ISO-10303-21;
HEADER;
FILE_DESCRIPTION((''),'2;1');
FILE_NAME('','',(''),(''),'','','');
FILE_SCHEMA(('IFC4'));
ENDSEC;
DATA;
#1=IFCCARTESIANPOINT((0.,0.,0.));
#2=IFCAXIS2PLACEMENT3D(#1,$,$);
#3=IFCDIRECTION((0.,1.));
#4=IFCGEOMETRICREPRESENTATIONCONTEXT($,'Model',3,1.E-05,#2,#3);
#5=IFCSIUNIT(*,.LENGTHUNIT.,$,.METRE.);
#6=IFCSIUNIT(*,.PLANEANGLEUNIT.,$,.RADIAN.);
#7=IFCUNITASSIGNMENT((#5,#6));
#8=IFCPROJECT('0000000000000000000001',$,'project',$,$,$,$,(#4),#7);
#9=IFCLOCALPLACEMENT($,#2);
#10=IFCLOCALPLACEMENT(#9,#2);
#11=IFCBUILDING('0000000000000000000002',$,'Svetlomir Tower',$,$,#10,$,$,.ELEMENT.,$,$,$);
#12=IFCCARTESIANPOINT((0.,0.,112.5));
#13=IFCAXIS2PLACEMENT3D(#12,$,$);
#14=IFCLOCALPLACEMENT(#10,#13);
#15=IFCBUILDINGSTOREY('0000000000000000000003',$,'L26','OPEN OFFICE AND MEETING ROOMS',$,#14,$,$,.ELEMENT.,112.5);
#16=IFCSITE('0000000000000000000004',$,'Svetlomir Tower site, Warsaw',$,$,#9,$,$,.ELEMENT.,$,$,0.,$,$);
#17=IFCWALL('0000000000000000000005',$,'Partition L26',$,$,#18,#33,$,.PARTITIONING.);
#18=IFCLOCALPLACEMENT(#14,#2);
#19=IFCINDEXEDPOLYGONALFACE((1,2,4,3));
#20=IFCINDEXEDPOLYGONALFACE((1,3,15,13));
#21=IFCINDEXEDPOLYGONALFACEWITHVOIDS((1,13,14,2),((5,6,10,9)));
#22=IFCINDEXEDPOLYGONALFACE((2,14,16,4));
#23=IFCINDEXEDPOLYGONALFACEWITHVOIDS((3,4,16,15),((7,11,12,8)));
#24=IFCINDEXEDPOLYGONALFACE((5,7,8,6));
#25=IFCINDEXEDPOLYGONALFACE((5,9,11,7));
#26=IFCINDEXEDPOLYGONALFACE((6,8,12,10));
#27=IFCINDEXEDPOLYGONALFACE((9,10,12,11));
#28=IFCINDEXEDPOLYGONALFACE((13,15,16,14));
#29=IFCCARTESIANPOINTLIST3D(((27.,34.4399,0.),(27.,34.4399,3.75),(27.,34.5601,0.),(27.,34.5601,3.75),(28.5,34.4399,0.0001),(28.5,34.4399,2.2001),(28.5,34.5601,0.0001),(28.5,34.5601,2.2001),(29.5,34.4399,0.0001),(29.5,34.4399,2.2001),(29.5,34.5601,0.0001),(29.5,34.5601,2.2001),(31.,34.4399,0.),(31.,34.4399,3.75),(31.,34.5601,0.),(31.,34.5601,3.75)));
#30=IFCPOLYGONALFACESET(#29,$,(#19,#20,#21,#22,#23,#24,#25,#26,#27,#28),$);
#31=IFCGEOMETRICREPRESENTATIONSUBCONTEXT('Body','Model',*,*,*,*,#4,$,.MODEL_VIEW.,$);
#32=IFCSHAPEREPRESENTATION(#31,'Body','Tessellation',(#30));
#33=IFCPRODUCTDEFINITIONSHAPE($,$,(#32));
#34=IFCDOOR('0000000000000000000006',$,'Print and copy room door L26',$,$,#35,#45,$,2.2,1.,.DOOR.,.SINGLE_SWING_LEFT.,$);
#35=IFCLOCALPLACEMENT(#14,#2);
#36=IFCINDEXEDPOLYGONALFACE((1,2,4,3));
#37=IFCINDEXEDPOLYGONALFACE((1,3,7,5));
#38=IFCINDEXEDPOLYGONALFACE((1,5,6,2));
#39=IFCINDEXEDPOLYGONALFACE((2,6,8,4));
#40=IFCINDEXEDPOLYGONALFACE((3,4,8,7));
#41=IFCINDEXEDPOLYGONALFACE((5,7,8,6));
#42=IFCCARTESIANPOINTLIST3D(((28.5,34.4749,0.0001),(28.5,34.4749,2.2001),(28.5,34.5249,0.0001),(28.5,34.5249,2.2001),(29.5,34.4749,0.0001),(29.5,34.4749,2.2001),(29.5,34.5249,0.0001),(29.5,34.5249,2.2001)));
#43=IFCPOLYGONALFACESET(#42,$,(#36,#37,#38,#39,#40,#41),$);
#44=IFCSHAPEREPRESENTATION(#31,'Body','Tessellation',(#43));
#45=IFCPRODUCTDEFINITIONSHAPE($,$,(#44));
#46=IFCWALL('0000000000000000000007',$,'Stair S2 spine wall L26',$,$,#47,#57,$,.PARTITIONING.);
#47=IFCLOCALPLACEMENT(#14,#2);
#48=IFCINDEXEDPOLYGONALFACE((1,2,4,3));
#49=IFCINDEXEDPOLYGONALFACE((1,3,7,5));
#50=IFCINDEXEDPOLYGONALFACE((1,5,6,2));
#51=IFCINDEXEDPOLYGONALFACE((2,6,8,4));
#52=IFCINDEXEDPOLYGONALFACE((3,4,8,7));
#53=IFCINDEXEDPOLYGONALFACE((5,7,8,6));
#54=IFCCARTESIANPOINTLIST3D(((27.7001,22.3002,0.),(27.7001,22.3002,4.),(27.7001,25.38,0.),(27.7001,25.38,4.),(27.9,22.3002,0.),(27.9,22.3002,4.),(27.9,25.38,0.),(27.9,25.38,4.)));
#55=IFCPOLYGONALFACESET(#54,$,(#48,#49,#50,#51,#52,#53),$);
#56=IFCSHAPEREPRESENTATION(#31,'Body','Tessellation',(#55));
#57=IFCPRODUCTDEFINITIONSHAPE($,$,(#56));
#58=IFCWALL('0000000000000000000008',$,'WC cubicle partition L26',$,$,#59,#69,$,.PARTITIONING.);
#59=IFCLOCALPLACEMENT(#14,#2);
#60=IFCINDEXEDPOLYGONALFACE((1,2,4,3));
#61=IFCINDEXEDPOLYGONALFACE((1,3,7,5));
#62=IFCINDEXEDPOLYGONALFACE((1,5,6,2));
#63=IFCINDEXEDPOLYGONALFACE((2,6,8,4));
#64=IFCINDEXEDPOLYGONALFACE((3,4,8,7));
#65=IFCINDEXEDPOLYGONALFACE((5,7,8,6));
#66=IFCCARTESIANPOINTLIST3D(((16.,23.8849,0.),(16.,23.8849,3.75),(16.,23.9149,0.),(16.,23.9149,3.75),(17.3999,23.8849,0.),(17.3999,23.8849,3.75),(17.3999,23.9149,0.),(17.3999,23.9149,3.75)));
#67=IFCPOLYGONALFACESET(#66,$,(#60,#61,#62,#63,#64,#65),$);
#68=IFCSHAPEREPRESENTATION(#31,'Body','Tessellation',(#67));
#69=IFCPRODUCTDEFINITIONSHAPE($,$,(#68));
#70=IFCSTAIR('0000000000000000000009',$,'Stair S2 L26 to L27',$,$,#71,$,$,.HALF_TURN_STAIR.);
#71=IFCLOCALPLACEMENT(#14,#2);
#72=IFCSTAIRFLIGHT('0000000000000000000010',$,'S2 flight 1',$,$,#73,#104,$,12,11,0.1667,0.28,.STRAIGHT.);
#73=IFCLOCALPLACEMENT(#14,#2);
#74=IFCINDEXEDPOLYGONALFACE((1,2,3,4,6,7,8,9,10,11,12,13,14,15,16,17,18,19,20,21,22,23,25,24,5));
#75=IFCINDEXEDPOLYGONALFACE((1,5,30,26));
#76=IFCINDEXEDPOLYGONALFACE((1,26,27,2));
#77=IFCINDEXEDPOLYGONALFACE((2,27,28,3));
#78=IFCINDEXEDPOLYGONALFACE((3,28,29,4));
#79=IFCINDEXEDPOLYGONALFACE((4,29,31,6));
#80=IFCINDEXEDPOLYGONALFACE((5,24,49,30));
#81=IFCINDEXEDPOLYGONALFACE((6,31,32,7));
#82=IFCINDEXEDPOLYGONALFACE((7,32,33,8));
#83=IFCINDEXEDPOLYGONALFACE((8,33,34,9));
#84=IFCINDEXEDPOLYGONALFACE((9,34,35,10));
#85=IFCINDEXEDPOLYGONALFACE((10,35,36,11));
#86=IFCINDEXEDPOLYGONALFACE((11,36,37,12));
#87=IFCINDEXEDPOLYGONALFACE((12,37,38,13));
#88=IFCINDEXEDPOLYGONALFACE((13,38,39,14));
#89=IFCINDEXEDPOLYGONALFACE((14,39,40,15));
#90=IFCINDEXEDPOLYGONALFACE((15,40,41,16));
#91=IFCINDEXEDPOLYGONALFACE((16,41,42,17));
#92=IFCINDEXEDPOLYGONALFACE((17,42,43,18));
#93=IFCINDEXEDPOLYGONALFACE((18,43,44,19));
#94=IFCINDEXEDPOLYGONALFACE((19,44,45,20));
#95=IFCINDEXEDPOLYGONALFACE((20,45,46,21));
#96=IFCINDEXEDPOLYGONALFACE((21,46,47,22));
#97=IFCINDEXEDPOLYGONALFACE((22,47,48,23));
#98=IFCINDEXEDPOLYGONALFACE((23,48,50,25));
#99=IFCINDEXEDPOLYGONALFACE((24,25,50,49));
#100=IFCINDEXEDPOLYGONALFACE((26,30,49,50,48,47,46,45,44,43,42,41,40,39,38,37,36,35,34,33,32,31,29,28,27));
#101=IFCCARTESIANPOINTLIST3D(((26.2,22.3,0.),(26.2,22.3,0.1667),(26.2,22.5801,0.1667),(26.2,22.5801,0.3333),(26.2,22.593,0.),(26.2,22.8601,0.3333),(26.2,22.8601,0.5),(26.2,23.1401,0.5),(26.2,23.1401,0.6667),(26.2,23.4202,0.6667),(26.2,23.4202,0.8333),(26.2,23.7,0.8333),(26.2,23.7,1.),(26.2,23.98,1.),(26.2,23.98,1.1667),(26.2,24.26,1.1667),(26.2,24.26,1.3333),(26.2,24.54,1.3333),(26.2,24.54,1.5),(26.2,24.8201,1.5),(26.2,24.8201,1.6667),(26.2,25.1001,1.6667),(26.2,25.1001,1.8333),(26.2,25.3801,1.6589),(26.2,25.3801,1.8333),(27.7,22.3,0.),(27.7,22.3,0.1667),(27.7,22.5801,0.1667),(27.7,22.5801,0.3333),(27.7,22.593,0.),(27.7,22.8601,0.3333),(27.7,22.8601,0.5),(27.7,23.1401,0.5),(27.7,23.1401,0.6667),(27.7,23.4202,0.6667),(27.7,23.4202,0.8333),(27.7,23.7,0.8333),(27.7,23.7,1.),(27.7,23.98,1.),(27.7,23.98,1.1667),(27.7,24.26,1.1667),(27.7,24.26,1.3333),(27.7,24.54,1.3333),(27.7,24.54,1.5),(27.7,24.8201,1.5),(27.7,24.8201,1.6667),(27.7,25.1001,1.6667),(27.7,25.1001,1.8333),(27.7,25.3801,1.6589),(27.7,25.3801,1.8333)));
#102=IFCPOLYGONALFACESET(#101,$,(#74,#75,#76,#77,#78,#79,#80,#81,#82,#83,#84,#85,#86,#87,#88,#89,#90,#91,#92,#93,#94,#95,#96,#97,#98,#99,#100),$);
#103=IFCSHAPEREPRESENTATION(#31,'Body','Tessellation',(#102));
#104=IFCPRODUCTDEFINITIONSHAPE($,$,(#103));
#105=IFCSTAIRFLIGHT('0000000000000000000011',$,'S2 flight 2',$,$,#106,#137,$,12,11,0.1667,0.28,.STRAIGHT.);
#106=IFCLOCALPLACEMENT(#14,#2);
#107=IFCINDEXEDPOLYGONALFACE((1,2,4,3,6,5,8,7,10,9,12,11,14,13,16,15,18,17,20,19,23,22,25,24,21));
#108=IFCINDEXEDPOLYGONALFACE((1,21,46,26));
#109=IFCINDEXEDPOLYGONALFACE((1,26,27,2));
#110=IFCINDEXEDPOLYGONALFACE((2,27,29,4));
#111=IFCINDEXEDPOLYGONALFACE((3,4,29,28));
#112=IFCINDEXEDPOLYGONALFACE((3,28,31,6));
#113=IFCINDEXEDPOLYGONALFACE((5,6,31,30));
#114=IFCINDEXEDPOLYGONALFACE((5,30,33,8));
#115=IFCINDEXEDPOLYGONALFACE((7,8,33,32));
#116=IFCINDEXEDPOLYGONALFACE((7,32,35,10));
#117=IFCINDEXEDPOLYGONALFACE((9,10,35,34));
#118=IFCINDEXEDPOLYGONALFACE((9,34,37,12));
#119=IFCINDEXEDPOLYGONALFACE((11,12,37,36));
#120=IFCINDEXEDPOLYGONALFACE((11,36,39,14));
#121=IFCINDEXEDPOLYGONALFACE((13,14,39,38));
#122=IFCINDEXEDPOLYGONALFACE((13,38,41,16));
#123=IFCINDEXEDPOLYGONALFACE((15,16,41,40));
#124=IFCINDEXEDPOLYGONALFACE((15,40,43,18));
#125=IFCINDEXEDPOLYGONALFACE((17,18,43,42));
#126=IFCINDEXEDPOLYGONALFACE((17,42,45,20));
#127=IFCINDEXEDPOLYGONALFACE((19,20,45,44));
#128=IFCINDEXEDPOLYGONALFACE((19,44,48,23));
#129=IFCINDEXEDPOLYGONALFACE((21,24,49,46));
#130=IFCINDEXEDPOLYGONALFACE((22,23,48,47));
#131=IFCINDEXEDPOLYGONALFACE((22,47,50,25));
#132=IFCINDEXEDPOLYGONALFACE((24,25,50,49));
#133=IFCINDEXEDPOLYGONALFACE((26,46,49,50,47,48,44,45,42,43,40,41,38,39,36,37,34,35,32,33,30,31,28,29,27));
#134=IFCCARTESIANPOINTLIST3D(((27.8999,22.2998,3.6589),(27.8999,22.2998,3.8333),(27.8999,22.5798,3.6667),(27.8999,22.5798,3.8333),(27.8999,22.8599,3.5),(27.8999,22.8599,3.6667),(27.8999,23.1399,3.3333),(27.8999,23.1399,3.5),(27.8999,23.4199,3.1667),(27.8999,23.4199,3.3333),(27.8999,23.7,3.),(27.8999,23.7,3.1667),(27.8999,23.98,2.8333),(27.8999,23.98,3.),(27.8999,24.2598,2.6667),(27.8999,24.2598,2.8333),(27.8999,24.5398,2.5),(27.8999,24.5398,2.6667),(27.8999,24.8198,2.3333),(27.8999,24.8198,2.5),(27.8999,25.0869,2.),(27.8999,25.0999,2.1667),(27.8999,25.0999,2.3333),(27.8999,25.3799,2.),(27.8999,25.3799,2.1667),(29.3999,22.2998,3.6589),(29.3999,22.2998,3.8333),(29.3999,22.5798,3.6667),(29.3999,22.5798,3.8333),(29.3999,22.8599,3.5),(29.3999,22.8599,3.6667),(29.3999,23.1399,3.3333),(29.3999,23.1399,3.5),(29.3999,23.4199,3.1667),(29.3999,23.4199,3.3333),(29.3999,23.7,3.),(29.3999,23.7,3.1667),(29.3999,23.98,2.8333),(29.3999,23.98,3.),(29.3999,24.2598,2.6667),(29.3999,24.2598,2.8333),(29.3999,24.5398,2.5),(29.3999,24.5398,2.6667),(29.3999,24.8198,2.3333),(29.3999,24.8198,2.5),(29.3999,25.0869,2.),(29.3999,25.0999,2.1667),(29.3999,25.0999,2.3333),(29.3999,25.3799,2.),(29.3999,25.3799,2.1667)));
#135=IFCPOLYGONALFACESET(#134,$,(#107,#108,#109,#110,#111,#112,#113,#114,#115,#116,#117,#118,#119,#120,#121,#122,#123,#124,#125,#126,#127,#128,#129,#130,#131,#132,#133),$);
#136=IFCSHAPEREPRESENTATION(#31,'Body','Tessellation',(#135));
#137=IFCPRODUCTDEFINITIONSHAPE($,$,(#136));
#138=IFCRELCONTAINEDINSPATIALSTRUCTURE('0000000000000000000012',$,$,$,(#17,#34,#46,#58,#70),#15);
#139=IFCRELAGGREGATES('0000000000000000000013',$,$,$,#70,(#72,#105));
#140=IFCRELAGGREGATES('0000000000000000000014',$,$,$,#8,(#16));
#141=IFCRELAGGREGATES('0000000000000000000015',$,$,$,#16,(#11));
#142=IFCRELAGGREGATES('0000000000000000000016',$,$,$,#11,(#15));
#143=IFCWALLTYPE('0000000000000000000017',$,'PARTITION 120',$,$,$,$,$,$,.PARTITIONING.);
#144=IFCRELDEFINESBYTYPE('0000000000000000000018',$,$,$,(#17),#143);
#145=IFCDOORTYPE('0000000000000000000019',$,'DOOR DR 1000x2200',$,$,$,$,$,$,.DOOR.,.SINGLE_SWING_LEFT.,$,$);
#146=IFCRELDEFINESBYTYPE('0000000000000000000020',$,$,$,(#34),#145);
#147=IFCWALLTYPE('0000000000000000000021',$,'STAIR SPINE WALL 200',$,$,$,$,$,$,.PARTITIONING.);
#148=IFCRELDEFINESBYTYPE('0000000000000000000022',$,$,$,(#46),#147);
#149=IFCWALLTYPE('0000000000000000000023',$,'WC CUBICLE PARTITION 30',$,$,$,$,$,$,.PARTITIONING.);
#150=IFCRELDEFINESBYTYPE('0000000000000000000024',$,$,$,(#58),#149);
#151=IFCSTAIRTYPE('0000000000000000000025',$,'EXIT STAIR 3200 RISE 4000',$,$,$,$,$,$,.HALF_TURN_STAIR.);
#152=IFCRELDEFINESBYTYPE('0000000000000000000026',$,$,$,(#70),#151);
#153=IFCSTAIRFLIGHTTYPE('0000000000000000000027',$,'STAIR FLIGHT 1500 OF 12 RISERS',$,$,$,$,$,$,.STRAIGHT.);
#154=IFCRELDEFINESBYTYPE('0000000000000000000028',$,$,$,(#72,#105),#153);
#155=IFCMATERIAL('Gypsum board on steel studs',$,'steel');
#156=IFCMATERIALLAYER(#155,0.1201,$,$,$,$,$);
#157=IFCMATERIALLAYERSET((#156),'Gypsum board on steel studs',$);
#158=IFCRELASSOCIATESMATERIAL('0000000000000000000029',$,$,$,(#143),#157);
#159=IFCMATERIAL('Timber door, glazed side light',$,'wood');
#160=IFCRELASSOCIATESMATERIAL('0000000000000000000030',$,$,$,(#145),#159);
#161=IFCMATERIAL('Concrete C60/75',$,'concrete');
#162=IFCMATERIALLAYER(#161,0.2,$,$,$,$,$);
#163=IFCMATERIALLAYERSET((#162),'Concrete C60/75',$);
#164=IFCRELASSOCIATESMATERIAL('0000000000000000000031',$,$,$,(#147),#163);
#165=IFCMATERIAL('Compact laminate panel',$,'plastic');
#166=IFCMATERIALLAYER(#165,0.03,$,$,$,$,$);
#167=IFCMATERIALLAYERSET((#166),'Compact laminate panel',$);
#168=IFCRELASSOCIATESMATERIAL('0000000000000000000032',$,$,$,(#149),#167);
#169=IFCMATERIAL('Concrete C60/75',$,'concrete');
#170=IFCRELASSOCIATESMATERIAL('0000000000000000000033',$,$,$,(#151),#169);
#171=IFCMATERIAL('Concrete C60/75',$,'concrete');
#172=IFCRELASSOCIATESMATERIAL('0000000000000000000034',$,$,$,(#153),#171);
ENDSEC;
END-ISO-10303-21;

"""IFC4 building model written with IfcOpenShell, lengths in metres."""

from ifc_helpers import new_model, si_unit, direction, frame, frame_2d, origin, place, context, subcontext, project, spatial, polyline, rectangle, outline, extrude, material, layer, layer_set, type_object, element, fill, aggregate, save


model = new_model("IFC4")

# Units and contexts
model_context = context("Model", 3, precision=1e-05, world=origin(), true_north=direction((0.0, 1.0)))
body_context = subcontext(model_context, "Body", "Model", "MODEL_VIEW")
ifc_project = project(units=[si_unit("LENGTHUNIT", "METRE"), si_unit("PLANEANGLEUNIT", "RADIAN")], contexts=[model_context])

# Site, building, storey
site_placement = place(None, origin())
site = spatial("IfcSite", under=ifc_project, at=site_placement, Name="Svetlomir Tower site, Warsaw", CompositionType="ELEMENT", RefElevation=0.0)
building_placement = place(site_placement, origin())
building = spatial("IfcBuilding", under=site, at=building_placement, Name="Svetlomir Tower", CompositionType="ELEMENT")
storey_placement = place(building_placement, frame((0.0, 0.0, 112.5)))
storey = spatial("IfcBuildingStorey", under=building, at=storey_placement, Name="L26", Description="OPEN OFFICE AND MEETING ROOMS", CompositionType="ELEMENT", Elevation=112.5)

# Shared definitions
ifc_material_1 = material(Name="Gypsum board on steel studs", Category="steel")
ifc_layer_1 = layer(ifc_material_1, 0.1201)
ifc_layer_set_1 = layer_set([ifc_layer_1], Name="Gypsum board on steel studs")
wall_type_1 = type_object("IfcWallType", Name="PARTITION 120", PredefinedType="PARTITIONING", material=ifc_layer_set_1)

# Shared definitions
ifc_material_2 = material(Name="Timber door, glazed side light", Category="wood")
door_type_1 = type_object("IfcDoorType", Name="DOOR DR 1000x2200", OperationType="SINGLE_SWING_LEFT", PredefinedType="DOOR", material=ifc_material_2)

# Wall, opening, door
wall_1_placement = place(storey_placement, frame((27.0, 34.5, 0.0), z_axis=(0.0, 0.0, 1.0), x_axis=(1.0, 0.0, 0.0)))
wall_1 = element("IfcWall", 1, at=wall_1_placement, inside=storey, type_object=wall_type_1, Name="Partition L26", PredefinedType="PARTITIONING", context=body_context, shape_type="SweptSolid", body=[
    extrude(rectangle(XDim=4.0, YDim=0.1201, at=frame_2d((2.0, 0.0))), origin(), (0.0, 0.0, 1.0), 3.75),
])
opening_1_placement = place(wall_1_placement, frame((1.5, 0.0, 0.0)))
opening_1 = element("IfcOpeningElement", 2, at=opening_1_placement, cuts=wall_1, PredefinedType="OPENING", context=body_context, shape_type="SweptSolid", body=[
    extrude(rectangle(XDim=1.0, YDim=2.2, at=frame_2d((0.5, 1.1001))), frame((0.0, 0.0701, 0.0), z_axis=(0.0, -1.0, 0.0), x_axis=(1.0, 0.0, 0.0)), (0.0, 0.0, 1.0), 0.1401),
])
door_1_placement = place(opening_1_placement, origin())
door_1 = element("IfcDoor", 3, at=door_1_placement, inside=storey, type_object=door_type_1, Name="Print and copy room door L26", OperationType="SINGLE_SWING_LEFT", OverallHeight=2.2, OverallWidth=1.0, PredefinedType="DOOR", context=body_context, shape_type="SweptSolid", body=[
    extrude(rectangle(XDim=1.0, YDim=2.2, at=frame_2d((0.5, 1.1001))), frame((0.0, 0.0249, 0.0), z_axis=(0.0, -1.0, 0.0), x_axis=(1.0, 0.0, 0.0)), (0.0, 0.0, 1.0), 0.05),
])
fill(opening_1, door_1)

# Walls
ifc_material_3 = material(Name="Concrete C60/75", Category="concrete")
ifc_layer_2 = layer(ifc_material_3, 0.2)
ifc_layer_set_2 = layer_set([ifc_layer_2], Name="Concrete C60/75")
wall_type_2 = type_object("IfcWallType", Name="STAIR SPINE WALL 200", PredefinedType="PARTITIONING", material=ifc_layer_set_2)
wall_2_placement = place(storey_placement, frame((27.8, 22.3, 0.0), z_axis=(0.0, 0.0, 1.0), x_axis=(0.0, 1.0, 0.0)))
element("IfcWall", 4, at=wall_2_placement, inside=storey, type_object=wall_type_2, Name="Stair S2 spine wall L26", PredefinedType="PARTITIONING", context=body_context, shape_type="SweptSolid", body=[
    extrude(rectangle(XDim=3.0798, YDim=0.2, at=frame_2d((1.54, 0.0))), origin(), (0.0, 0.0, 1.0), 4.0),
])
ifc_material_4 = material(Name="Compact laminate panel", Category="plastic")
ifc_layer_3 = layer(ifc_material_4, 0.03)
ifc_layer_set_3 = layer_set([ifc_layer_3], Name="Compact laminate panel")
wall_type_3 = type_object("IfcWallType", Name="WC CUBICLE PARTITION 30", PredefinedType="PARTITIONING", material=ifc_layer_set_3)
wall_3_placement = place(storey_placement, frame((16.0, 23.8999, 0.0), z_axis=(0.0, 0.0, 1.0), x_axis=(1.0, 0.0, 0.0)))
element("IfcWall", 5, at=wall_3_placement, inside=storey, type_object=wall_type_3, Name="WC cubicle partition L26", PredefinedType="PARTITIONING", context=body_context, shape_type="SweptSolid", body=[
    extrude(rectangle(XDim=1.3999, YDim=0.03, at=frame_2d((0.7, 0.0))), origin(), (0.0, 0.0, 1.0), 3.75),
])

# Stair, stair flights
ifc_material_5 = material(Name="Concrete C60/75", Category="concrete")
stair_type = type_object("IfcStairType", Name="EXIT STAIR 3200 RISE 4000", PredefinedType="HALF_TURN_STAIR", material=ifc_material_5)
stair_placement = place(storey_placement, origin())
stair = element("IfcStair", 6, at=stair_placement, inside=storey, type_object=stair_type, Name="Stair S2 L26 to L27", PredefinedType="HALF_TURN_STAIR")
ifc_material_6 = material(Name="Concrete C60/75", Category="concrete")
stair_flight_type = type_object("IfcStairFlightType", Name="STAIR FLIGHT 1500 OF 12 RISERS", PredefinedType="STRAIGHT", material=ifc_material_6)
stair_flight_1_placement = place(storey_placement, frame((26.95, 22.3, 0.0), z_axis=(0.0, 0.0, 1.0), x_axis=(0.0, 1.0, 0.0)))
stair_flight_1 = element("IfcStairFlight", 7, at=stair_flight_1_placement, type_object=stair_flight_type, Name="S2 flight 1", NumberOfRisers=12, NumberOfTreads=11, PredefinedType="STRAIGHT", RiserHeight=0.1667, TreadLength=0.28, context=body_context, shape_type="SweptSolid", body=[
    extrude(outline(polyline([(0.0, 0.0), (0.0, 0.1667), (0.28, 0.1667), (0.28, 0.3333), (0.5601, 0.3333), (0.5601, 0.5), (0.8401, 0.5), (0.8401, 0.6667), (1.1201, 0.6667), (1.1201, 0.8333), (1.3999, 0.8333), (1.3999, 1.0), (1.6799, 1.0), (1.6799, 1.1667), (1.96, 1.1667), (1.96, 1.3333), (2.24, 1.3333), (2.24, 1.5), (2.52, 1.5), (2.52, 1.6667), (2.8, 1.6667), (2.8, 1.8333), (3.0801, 1.8333), (3.0801, 2.0), (3.0801, 1.6589), (0.293, 0.0), (0.0, 0.0)])), frame((0.0, 0.75, 0.0), z_axis=(0.0, -1.0, 0.0), x_axis=(1.0, 0.0, 0.0)), (0.0, 0.0, 1.0), 1.5),
])
stair_flight_2_placement = place(storey_placement, frame((28.6499, 25.3799, 2.0), z_axis=(0.0, 0.0, 1.0), x_axis=(0.0, -1.0, 0.0)))
stair_flight_2 = element("IfcStairFlight", 8, at=stair_flight_2_placement, type_object=stair_flight_type, Name="S2 flight 2", NumberOfRisers=12, NumberOfTreads=11, PredefinedType="STRAIGHT", RiserHeight=0.1667, TreadLength=0.28, context=body_context, shape_type="SweptSolid", body=[
    extrude(outline(polyline([(0.0, 0.0), (0.0, 0.1667), (0.28, 0.1667), (0.28, 0.3333), (0.5601, 0.3333), (0.5601, 0.5), (0.8401, 0.5), (0.8401, 0.6667), (1.1201, 0.6667), (1.1201, 0.8333), (1.3999, 0.8333), (1.3999, 1.0), (1.6799, 1.0), (1.6799, 1.1667), (1.96, 1.1667), (1.96, 1.3333), (2.24, 1.3333), (2.24, 1.5), (2.52, 1.5), (2.52, 1.6667), (2.8, 1.6667), (2.8, 1.8333), (3.0801, 1.8333), (3.0801, 2.0), (3.0801, 1.6589), (0.293, 0.0), (0.0, 0.0)])), frame((0.0, 0.75, 0.0), z_axis=(0.0, -1.0, 0.0), x_axis=(1.0, 0.0, 0.0)), (0.0, 0.0, 1.0), 1.5),
])
aggregate(stair, [stair_flight_1, stair_flight_2])

save(model, "model.ifc")
